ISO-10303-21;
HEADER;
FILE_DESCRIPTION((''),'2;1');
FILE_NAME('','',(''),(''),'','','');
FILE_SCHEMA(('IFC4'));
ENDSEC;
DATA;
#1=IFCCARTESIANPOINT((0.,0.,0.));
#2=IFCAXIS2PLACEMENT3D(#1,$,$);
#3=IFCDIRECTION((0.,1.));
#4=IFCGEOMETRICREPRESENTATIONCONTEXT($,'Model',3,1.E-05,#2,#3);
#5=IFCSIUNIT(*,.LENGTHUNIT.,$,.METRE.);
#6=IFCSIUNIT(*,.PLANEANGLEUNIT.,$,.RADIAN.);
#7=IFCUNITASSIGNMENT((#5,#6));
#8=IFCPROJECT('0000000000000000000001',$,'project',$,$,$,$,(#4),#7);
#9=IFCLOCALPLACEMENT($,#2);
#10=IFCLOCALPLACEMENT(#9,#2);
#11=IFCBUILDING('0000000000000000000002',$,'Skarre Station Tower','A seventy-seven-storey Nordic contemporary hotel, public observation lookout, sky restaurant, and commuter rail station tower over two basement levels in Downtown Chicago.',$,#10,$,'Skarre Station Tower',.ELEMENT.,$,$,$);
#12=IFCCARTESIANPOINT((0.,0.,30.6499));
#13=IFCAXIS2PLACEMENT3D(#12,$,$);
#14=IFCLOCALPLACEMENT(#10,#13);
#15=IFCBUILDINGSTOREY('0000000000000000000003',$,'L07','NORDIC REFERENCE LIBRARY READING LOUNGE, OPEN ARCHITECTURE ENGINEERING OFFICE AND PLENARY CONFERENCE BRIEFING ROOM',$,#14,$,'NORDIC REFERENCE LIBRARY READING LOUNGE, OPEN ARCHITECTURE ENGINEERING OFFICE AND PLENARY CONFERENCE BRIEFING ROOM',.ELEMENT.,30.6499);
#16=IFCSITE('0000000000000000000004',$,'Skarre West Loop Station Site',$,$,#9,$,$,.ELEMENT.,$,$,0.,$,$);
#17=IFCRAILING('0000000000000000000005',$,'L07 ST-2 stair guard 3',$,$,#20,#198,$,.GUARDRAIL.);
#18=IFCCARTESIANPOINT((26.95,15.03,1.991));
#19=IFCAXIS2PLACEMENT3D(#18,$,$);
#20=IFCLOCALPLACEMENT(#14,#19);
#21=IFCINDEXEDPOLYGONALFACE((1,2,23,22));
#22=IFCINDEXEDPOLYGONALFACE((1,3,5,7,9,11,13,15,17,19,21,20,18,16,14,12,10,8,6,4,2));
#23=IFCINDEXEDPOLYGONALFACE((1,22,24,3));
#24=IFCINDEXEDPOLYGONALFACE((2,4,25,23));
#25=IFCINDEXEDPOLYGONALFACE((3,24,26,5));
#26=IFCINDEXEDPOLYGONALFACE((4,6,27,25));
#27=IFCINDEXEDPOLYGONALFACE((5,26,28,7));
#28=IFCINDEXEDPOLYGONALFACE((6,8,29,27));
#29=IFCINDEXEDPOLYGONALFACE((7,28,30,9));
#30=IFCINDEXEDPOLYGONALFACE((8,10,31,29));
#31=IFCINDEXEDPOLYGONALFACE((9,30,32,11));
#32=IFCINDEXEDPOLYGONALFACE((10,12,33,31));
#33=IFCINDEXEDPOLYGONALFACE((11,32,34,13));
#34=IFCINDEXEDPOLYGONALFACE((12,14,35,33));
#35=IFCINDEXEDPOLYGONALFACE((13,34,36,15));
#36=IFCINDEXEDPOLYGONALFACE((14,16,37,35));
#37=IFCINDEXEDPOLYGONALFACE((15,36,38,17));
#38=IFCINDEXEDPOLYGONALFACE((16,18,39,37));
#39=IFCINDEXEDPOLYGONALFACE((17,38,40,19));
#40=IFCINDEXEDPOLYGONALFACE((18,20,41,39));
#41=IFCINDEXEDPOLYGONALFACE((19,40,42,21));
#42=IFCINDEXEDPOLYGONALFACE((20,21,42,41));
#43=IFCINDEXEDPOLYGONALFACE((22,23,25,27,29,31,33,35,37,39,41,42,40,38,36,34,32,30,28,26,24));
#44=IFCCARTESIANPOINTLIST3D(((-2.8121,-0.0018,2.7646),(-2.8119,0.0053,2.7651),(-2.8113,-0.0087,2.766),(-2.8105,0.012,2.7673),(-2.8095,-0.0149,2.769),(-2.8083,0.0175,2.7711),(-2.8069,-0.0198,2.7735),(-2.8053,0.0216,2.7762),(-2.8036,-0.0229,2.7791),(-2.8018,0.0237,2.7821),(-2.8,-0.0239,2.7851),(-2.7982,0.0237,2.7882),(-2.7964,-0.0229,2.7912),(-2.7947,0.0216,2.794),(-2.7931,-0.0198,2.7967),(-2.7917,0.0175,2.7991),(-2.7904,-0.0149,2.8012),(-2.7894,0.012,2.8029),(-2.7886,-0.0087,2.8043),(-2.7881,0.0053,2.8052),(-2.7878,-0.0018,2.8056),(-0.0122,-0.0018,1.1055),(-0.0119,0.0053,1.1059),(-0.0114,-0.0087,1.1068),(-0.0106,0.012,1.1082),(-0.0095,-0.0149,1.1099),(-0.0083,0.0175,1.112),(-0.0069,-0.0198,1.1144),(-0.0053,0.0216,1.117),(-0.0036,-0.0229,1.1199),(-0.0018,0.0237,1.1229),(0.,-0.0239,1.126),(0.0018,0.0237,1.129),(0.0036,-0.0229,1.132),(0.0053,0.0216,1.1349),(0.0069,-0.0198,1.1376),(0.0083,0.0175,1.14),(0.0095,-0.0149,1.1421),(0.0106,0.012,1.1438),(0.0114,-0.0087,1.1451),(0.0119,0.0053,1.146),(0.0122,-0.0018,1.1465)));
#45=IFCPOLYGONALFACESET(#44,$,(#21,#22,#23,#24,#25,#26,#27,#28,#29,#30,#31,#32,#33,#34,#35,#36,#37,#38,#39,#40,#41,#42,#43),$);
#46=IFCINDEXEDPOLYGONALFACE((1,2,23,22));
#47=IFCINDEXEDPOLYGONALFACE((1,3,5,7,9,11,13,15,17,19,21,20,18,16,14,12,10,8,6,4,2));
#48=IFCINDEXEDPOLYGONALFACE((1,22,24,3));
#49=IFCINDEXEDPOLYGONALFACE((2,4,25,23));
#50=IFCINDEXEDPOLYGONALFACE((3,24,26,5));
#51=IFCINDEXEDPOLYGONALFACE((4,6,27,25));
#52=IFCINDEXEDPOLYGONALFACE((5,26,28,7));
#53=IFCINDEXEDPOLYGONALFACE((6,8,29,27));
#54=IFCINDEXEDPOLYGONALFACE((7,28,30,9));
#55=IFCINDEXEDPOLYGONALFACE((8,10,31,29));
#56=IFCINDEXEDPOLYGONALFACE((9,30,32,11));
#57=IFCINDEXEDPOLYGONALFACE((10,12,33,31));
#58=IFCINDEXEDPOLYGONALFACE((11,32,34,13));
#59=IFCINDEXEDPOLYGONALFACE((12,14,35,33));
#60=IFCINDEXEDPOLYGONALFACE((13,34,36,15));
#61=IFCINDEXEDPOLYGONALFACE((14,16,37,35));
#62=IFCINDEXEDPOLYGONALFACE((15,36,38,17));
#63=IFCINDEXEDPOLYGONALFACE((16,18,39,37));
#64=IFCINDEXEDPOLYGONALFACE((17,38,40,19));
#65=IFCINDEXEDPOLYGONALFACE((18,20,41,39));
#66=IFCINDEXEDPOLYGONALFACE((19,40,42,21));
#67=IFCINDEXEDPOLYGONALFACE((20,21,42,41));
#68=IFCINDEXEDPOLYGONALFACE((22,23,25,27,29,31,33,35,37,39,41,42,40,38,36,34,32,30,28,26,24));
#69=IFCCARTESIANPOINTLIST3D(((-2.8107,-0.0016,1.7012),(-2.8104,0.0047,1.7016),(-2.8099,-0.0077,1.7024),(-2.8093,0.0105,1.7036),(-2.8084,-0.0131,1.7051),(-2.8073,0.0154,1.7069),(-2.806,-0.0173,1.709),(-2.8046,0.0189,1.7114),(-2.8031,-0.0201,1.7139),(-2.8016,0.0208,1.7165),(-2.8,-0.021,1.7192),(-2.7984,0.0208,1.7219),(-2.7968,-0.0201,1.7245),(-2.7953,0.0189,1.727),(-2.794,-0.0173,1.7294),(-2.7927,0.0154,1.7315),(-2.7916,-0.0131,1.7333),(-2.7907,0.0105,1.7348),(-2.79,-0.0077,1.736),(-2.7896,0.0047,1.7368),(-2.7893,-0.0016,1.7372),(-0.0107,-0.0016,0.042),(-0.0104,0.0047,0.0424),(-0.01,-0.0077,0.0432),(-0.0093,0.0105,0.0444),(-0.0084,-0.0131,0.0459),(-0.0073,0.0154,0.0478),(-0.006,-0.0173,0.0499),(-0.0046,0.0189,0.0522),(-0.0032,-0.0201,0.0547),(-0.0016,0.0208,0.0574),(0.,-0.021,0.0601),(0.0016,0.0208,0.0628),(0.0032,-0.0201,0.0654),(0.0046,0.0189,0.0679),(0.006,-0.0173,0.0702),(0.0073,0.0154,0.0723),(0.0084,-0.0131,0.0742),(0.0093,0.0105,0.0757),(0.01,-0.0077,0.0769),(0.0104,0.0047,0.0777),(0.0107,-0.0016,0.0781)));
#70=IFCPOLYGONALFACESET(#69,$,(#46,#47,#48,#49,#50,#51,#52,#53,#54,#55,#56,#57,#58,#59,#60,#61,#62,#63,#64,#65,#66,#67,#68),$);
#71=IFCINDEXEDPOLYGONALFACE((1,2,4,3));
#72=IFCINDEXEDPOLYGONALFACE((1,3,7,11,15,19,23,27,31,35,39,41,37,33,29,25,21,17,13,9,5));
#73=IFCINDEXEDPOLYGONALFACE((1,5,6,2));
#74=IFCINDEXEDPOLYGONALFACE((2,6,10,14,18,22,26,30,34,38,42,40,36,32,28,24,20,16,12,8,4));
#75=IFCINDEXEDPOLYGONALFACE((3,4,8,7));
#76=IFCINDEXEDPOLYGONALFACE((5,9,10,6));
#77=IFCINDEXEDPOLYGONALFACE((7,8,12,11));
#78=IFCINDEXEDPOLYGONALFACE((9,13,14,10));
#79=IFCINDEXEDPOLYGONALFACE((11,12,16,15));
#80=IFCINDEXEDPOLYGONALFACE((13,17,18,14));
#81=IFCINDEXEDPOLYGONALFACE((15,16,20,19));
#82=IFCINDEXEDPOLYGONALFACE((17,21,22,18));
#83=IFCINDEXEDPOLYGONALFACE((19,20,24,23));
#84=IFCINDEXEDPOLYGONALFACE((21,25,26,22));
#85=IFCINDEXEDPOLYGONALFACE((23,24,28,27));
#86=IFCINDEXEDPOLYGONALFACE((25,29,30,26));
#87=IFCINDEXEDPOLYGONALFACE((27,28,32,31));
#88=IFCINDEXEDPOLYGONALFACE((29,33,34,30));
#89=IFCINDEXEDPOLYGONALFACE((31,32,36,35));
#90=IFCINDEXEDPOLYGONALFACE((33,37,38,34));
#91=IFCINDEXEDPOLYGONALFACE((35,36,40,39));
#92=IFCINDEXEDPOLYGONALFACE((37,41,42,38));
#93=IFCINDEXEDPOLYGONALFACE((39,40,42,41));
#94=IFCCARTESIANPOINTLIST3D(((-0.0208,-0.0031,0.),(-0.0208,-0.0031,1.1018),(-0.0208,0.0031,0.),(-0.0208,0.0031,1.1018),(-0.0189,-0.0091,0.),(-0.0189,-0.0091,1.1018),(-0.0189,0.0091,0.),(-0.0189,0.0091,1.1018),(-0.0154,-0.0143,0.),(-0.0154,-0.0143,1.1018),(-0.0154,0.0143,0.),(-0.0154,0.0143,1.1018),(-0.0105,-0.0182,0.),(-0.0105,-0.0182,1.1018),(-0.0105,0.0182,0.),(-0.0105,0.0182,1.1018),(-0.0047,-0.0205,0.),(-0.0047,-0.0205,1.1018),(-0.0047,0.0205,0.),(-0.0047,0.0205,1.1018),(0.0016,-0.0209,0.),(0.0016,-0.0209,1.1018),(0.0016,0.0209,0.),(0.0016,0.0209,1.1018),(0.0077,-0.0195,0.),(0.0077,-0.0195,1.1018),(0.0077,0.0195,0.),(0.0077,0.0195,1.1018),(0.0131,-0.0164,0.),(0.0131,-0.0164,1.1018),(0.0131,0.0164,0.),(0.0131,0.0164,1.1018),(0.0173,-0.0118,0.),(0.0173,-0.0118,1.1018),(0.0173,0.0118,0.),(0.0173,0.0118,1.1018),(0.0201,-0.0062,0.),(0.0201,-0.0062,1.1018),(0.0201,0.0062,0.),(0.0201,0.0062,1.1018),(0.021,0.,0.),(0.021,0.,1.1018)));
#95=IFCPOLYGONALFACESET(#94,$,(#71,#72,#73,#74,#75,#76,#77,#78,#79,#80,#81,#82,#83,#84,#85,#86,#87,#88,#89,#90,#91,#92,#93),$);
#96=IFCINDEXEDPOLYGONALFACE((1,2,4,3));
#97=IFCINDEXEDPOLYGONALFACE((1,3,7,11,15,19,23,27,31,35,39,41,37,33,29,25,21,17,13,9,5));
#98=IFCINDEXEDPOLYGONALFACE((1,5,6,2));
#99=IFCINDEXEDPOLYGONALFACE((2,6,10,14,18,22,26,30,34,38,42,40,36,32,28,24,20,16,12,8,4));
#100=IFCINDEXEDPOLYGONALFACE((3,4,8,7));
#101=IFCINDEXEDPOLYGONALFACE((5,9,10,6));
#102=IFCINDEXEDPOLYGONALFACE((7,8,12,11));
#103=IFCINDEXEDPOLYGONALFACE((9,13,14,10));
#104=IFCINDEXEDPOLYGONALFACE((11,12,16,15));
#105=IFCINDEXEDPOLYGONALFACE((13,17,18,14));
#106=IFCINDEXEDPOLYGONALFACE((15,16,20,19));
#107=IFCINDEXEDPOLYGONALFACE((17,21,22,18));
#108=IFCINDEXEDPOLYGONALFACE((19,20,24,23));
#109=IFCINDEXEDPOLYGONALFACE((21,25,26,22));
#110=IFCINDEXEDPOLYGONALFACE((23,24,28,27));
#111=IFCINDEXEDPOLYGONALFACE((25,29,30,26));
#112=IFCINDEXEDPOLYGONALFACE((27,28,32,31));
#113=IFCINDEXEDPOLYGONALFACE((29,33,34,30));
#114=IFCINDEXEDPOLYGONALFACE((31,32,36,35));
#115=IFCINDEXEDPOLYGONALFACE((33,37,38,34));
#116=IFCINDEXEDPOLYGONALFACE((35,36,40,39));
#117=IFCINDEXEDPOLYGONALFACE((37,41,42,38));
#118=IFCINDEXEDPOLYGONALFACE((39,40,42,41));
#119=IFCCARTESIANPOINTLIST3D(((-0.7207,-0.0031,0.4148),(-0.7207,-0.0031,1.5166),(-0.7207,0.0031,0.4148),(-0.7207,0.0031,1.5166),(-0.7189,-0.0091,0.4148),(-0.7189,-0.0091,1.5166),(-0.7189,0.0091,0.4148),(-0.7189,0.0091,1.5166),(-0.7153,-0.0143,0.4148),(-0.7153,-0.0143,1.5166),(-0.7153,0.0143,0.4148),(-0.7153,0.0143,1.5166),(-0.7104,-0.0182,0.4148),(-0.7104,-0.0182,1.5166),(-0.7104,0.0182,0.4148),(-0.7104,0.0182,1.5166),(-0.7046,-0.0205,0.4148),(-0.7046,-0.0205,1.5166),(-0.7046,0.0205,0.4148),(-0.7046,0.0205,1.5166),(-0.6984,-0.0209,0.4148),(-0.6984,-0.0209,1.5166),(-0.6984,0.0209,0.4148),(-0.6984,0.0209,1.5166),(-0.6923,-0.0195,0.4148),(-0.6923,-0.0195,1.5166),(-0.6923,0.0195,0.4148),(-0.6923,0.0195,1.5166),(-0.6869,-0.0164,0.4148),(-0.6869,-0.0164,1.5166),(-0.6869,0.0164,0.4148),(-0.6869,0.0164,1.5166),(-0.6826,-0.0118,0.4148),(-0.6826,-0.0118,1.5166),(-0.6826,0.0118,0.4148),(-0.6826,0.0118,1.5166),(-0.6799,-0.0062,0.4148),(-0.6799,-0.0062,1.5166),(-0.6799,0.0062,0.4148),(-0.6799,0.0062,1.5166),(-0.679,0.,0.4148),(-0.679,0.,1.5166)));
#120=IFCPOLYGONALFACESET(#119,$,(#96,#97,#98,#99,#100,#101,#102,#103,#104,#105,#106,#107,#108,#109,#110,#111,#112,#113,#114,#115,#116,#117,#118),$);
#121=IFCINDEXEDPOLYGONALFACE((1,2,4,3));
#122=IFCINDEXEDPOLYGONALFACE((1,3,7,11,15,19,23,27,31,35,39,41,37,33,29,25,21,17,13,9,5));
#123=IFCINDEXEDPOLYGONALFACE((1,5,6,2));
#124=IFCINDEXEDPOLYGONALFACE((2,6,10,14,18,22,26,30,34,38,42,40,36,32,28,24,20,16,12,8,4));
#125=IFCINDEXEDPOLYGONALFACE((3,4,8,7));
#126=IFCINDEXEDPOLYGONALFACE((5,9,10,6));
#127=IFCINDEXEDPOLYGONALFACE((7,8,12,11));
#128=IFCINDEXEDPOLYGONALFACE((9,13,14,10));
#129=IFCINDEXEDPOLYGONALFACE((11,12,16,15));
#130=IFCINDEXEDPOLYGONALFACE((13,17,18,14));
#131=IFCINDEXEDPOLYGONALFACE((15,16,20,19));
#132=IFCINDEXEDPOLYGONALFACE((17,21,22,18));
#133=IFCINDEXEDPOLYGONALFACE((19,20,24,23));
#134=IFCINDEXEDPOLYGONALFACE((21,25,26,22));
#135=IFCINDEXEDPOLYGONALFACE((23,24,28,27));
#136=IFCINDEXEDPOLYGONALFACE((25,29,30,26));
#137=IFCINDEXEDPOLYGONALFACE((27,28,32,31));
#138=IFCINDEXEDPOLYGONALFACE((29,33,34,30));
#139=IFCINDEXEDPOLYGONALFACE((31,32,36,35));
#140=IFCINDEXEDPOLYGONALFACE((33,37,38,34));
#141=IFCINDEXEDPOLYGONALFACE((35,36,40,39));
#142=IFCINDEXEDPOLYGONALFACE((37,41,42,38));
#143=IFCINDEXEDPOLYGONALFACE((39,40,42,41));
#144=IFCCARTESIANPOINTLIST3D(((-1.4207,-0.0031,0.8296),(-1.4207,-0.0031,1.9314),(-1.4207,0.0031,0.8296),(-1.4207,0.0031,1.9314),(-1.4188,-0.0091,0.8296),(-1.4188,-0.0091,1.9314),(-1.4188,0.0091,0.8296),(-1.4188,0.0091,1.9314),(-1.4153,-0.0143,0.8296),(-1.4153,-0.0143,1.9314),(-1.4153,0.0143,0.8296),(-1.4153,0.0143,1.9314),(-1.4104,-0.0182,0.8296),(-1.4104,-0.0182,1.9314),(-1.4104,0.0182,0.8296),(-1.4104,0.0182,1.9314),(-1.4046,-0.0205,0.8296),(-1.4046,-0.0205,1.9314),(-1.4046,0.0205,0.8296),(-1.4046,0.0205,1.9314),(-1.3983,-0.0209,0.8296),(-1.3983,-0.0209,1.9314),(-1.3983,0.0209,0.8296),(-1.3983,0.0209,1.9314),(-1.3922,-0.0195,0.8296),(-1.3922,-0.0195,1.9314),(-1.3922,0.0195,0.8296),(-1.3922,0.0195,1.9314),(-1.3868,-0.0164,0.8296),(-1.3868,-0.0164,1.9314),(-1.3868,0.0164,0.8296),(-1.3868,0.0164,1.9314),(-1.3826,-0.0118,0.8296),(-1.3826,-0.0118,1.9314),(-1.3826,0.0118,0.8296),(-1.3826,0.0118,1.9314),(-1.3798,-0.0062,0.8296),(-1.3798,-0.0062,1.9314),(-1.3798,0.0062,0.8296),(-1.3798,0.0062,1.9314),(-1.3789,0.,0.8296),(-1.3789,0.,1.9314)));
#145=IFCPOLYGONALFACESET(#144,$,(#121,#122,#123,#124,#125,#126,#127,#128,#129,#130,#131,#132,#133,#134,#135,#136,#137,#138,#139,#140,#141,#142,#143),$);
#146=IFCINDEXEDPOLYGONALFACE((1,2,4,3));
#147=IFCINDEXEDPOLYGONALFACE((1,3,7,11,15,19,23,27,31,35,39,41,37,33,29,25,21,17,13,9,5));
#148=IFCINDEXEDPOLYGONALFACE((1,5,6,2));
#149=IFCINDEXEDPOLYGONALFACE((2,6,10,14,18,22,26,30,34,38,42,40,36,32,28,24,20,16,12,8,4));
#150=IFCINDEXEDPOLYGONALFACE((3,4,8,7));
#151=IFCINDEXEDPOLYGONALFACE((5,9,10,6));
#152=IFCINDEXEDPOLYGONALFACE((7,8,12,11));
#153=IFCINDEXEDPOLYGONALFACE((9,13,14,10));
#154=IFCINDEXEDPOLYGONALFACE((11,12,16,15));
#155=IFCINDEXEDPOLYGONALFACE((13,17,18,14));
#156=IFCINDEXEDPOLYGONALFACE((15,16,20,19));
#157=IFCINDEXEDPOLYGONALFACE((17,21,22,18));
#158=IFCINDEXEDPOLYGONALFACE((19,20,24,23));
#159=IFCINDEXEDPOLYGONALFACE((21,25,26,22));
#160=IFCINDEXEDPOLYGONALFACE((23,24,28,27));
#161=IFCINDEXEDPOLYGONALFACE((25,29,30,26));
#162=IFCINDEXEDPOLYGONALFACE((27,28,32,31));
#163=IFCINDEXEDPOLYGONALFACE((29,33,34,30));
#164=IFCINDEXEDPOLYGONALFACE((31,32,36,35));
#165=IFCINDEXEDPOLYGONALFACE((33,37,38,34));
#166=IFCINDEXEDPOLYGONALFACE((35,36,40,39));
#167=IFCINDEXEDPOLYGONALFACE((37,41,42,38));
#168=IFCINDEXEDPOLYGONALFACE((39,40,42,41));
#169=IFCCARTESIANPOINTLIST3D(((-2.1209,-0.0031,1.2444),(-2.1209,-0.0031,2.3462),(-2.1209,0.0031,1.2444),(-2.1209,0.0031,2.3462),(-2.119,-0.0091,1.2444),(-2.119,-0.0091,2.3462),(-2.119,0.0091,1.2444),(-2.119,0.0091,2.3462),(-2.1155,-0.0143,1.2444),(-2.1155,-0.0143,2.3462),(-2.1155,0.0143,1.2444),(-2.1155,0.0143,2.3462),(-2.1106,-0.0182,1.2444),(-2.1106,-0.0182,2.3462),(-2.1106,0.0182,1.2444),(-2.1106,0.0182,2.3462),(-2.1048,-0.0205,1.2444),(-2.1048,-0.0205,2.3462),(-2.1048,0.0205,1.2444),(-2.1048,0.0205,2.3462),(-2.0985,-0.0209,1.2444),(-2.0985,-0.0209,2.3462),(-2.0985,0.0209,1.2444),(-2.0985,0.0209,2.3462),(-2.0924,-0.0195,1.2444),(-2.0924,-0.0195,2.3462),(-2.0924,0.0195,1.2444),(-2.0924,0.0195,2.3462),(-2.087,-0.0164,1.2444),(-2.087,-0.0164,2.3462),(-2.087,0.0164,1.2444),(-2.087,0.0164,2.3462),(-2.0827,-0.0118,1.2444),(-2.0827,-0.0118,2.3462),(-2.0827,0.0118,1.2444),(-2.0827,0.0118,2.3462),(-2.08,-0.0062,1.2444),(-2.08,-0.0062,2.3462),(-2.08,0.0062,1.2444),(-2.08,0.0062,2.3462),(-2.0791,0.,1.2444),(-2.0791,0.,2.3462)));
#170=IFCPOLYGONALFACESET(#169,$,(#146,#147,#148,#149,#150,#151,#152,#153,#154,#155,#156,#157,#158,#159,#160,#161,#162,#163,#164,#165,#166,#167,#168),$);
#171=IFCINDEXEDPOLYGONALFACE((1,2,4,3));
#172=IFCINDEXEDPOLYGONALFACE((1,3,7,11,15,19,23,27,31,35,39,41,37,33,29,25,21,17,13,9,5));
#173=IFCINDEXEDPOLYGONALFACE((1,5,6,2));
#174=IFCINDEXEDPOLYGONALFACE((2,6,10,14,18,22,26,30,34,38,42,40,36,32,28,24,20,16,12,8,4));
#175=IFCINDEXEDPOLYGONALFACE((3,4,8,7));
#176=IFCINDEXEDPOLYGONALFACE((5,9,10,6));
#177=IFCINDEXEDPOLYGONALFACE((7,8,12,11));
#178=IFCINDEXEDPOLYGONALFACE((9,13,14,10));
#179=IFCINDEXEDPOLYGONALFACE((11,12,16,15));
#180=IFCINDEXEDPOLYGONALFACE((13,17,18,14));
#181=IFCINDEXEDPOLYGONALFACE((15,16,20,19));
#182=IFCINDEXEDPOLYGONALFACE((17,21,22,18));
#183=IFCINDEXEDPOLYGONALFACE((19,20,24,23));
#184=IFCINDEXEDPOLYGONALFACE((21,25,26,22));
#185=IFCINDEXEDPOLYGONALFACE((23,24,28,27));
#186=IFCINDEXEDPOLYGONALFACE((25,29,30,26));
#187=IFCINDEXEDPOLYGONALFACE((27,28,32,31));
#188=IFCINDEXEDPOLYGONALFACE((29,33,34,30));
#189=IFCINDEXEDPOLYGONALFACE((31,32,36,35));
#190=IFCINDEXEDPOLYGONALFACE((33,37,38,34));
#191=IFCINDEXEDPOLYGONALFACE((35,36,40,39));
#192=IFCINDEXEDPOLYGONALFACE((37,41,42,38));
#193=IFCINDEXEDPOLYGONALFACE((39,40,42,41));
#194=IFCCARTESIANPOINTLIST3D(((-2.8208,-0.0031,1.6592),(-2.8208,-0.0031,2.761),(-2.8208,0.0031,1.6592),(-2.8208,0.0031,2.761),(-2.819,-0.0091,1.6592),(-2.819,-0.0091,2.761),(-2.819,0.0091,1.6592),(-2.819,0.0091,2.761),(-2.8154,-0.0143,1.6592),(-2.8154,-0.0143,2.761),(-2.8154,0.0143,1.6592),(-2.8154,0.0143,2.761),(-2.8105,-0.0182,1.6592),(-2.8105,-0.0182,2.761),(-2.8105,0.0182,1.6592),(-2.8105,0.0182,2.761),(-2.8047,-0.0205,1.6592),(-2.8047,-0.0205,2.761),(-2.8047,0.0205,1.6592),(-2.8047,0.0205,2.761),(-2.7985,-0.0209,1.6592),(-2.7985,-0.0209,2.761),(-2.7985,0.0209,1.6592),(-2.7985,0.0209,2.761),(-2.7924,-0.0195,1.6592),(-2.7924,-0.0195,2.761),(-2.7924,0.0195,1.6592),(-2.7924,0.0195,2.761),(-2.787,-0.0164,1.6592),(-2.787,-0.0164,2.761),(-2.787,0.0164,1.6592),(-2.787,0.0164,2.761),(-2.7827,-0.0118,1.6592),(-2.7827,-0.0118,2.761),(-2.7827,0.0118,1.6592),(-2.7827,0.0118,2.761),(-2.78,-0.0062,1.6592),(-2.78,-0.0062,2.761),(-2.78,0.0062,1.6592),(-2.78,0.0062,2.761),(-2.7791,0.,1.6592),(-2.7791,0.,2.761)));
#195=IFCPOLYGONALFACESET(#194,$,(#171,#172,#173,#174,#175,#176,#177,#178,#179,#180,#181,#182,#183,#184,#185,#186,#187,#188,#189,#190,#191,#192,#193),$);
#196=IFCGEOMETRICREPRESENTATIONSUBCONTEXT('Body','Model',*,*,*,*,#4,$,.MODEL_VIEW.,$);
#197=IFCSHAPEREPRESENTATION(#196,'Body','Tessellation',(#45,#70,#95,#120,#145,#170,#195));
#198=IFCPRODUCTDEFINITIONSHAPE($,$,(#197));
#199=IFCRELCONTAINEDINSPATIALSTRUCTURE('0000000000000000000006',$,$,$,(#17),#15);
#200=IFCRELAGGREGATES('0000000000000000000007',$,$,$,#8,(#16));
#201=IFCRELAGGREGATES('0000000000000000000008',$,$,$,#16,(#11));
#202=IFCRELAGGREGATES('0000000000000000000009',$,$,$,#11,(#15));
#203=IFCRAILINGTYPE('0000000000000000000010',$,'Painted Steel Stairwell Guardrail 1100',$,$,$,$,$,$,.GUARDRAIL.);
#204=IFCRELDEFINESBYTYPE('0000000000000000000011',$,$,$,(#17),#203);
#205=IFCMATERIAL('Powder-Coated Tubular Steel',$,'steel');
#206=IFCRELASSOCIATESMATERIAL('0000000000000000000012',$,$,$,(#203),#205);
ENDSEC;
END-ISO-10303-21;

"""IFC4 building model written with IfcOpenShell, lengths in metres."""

from ifc_helpers import new_model, si_unit, direction, frame, origin, origin_2d, place, context, subcontext, project, spatial, circle, extrude, material, type_object, element, save


model = new_model("IFC4")

# Units and contexts
model_context = context("Model", 3, precision=1e-05, world=origin(), true_north=direction((0.0, 1.0)))
body_context = subcontext(model_context, "Body", "Model", "MODEL_VIEW")
ifc_project = project(units=[si_unit("LENGTHUNIT", "METRE"), si_unit("PLANEANGLEUNIT", "RADIAN")], contexts=[model_context])

# Site, building, storey
site_placement = place(None, origin())
site = spatial("IfcSite", under=ifc_project, at=site_placement, Name="Skarre West Loop Station Site", CompositionType="ELEMENT", RefElevation=0.0)
building_placement = place(site_placement, origin())
building = spatial("IfcBuilding", under=site, at=building_placement, Name="Skarre Station Tower", Description="A seventy-seven-storey Nordic contemporary hotel, public observation lookout, sky restaurant, and commuter rail station tower over two basement levels in Downtown Chicago.", LongName="Skarre Station Tower", CompositionType="ELEMENT")
storey_placement = place(building_placement, frame((0.0, 0.0, 30.6499)))
storey = spatial("IfcBuildingStorey", under=building, at=storey_placement, Name="L07", Description="NORDIC REFERENCE LIBRARY READING LOUNGE, OPEN ARCHITECTURE ENGINEERING OFFICE AND PLENARY CONFERENCE BRIEFING ROOM", LongName="NORDIC REFERENCE LIBRARY READING LOUNGE, OPEN ARCHITECTURE ENGINEERING OFFICE AND PLENARY CONFERENCE BRIEFING ROOM", CompositionType="ELEMENT", Elevation=30.6499)

# Railing
ifc_material_1 = material(Name="Powder-Coated Tubular Steel", Category="steel")
railing_type_1 = type_object("IfcRailingType", Name="Painted Steel Stairwell Guardrail 1100", PredefinedType="GUARDRAIL", material=ifc_material_1)
railing_1_placement = place(storey_placement, frame((26.95, 15.03, 1.991)))
element("IfcRailing", 1, at=railing_1_placement, inside=storey, type_object=railing_type_1, Name="L07 ST-2 stair guard 3", PredefinedType="GUARDRAIL", context=body_context, shape_type="SweptSolid", body=[
    extrude(circle(Radius=0.0239, at=origin_2d()), frame((0.0, 0.0, 1.126), z_axis=(-0.860306, 0.0, 0.509778), x_axis=(0.0, -1.0, 0.0)), (0.0, 0.0, 1.0), 3.2546),
    extrude(circle(Radius=0.021, at=origin_2d()), frame((0.0, 0.0, 0.0601), z_axis=(-0.860306, 0.0, 0.509778), x_axis=(0.0, -1.0, 0.0)), (0.0, 0.0, 1.0), 3.2546),
    extrude(circle(Radius=0.021, at=origin_2d()), origin(), (0.0, 0.0, 1.0), 1.1018),
    extrude(circle(Radius=0.021, at=origin_2d()), frame((-0.7, 0.0, 0.4148)), (0.0, 0.0, 1.0), 1.1018),
    extrude(circle(Radius=0.021, at=origin_2d()), frame((-1.3999, 0.0, 0.8296)), (0.0, 0.0, 1.0), 1.1018),
    extrude(circle(Radius=0.021, at=origin_2d()), frame((-2.1001, 0.0, 1.2444)), (0.0, 0.0, 1.0), 1.1018),
    extrude(circle(Radius=0.021, at=origin_2d()), frame((-2.8, 0.0, 1.6592)), (0.0, 0.0, 1.0), 1.1018),
])

save(model, "model.ifc")
